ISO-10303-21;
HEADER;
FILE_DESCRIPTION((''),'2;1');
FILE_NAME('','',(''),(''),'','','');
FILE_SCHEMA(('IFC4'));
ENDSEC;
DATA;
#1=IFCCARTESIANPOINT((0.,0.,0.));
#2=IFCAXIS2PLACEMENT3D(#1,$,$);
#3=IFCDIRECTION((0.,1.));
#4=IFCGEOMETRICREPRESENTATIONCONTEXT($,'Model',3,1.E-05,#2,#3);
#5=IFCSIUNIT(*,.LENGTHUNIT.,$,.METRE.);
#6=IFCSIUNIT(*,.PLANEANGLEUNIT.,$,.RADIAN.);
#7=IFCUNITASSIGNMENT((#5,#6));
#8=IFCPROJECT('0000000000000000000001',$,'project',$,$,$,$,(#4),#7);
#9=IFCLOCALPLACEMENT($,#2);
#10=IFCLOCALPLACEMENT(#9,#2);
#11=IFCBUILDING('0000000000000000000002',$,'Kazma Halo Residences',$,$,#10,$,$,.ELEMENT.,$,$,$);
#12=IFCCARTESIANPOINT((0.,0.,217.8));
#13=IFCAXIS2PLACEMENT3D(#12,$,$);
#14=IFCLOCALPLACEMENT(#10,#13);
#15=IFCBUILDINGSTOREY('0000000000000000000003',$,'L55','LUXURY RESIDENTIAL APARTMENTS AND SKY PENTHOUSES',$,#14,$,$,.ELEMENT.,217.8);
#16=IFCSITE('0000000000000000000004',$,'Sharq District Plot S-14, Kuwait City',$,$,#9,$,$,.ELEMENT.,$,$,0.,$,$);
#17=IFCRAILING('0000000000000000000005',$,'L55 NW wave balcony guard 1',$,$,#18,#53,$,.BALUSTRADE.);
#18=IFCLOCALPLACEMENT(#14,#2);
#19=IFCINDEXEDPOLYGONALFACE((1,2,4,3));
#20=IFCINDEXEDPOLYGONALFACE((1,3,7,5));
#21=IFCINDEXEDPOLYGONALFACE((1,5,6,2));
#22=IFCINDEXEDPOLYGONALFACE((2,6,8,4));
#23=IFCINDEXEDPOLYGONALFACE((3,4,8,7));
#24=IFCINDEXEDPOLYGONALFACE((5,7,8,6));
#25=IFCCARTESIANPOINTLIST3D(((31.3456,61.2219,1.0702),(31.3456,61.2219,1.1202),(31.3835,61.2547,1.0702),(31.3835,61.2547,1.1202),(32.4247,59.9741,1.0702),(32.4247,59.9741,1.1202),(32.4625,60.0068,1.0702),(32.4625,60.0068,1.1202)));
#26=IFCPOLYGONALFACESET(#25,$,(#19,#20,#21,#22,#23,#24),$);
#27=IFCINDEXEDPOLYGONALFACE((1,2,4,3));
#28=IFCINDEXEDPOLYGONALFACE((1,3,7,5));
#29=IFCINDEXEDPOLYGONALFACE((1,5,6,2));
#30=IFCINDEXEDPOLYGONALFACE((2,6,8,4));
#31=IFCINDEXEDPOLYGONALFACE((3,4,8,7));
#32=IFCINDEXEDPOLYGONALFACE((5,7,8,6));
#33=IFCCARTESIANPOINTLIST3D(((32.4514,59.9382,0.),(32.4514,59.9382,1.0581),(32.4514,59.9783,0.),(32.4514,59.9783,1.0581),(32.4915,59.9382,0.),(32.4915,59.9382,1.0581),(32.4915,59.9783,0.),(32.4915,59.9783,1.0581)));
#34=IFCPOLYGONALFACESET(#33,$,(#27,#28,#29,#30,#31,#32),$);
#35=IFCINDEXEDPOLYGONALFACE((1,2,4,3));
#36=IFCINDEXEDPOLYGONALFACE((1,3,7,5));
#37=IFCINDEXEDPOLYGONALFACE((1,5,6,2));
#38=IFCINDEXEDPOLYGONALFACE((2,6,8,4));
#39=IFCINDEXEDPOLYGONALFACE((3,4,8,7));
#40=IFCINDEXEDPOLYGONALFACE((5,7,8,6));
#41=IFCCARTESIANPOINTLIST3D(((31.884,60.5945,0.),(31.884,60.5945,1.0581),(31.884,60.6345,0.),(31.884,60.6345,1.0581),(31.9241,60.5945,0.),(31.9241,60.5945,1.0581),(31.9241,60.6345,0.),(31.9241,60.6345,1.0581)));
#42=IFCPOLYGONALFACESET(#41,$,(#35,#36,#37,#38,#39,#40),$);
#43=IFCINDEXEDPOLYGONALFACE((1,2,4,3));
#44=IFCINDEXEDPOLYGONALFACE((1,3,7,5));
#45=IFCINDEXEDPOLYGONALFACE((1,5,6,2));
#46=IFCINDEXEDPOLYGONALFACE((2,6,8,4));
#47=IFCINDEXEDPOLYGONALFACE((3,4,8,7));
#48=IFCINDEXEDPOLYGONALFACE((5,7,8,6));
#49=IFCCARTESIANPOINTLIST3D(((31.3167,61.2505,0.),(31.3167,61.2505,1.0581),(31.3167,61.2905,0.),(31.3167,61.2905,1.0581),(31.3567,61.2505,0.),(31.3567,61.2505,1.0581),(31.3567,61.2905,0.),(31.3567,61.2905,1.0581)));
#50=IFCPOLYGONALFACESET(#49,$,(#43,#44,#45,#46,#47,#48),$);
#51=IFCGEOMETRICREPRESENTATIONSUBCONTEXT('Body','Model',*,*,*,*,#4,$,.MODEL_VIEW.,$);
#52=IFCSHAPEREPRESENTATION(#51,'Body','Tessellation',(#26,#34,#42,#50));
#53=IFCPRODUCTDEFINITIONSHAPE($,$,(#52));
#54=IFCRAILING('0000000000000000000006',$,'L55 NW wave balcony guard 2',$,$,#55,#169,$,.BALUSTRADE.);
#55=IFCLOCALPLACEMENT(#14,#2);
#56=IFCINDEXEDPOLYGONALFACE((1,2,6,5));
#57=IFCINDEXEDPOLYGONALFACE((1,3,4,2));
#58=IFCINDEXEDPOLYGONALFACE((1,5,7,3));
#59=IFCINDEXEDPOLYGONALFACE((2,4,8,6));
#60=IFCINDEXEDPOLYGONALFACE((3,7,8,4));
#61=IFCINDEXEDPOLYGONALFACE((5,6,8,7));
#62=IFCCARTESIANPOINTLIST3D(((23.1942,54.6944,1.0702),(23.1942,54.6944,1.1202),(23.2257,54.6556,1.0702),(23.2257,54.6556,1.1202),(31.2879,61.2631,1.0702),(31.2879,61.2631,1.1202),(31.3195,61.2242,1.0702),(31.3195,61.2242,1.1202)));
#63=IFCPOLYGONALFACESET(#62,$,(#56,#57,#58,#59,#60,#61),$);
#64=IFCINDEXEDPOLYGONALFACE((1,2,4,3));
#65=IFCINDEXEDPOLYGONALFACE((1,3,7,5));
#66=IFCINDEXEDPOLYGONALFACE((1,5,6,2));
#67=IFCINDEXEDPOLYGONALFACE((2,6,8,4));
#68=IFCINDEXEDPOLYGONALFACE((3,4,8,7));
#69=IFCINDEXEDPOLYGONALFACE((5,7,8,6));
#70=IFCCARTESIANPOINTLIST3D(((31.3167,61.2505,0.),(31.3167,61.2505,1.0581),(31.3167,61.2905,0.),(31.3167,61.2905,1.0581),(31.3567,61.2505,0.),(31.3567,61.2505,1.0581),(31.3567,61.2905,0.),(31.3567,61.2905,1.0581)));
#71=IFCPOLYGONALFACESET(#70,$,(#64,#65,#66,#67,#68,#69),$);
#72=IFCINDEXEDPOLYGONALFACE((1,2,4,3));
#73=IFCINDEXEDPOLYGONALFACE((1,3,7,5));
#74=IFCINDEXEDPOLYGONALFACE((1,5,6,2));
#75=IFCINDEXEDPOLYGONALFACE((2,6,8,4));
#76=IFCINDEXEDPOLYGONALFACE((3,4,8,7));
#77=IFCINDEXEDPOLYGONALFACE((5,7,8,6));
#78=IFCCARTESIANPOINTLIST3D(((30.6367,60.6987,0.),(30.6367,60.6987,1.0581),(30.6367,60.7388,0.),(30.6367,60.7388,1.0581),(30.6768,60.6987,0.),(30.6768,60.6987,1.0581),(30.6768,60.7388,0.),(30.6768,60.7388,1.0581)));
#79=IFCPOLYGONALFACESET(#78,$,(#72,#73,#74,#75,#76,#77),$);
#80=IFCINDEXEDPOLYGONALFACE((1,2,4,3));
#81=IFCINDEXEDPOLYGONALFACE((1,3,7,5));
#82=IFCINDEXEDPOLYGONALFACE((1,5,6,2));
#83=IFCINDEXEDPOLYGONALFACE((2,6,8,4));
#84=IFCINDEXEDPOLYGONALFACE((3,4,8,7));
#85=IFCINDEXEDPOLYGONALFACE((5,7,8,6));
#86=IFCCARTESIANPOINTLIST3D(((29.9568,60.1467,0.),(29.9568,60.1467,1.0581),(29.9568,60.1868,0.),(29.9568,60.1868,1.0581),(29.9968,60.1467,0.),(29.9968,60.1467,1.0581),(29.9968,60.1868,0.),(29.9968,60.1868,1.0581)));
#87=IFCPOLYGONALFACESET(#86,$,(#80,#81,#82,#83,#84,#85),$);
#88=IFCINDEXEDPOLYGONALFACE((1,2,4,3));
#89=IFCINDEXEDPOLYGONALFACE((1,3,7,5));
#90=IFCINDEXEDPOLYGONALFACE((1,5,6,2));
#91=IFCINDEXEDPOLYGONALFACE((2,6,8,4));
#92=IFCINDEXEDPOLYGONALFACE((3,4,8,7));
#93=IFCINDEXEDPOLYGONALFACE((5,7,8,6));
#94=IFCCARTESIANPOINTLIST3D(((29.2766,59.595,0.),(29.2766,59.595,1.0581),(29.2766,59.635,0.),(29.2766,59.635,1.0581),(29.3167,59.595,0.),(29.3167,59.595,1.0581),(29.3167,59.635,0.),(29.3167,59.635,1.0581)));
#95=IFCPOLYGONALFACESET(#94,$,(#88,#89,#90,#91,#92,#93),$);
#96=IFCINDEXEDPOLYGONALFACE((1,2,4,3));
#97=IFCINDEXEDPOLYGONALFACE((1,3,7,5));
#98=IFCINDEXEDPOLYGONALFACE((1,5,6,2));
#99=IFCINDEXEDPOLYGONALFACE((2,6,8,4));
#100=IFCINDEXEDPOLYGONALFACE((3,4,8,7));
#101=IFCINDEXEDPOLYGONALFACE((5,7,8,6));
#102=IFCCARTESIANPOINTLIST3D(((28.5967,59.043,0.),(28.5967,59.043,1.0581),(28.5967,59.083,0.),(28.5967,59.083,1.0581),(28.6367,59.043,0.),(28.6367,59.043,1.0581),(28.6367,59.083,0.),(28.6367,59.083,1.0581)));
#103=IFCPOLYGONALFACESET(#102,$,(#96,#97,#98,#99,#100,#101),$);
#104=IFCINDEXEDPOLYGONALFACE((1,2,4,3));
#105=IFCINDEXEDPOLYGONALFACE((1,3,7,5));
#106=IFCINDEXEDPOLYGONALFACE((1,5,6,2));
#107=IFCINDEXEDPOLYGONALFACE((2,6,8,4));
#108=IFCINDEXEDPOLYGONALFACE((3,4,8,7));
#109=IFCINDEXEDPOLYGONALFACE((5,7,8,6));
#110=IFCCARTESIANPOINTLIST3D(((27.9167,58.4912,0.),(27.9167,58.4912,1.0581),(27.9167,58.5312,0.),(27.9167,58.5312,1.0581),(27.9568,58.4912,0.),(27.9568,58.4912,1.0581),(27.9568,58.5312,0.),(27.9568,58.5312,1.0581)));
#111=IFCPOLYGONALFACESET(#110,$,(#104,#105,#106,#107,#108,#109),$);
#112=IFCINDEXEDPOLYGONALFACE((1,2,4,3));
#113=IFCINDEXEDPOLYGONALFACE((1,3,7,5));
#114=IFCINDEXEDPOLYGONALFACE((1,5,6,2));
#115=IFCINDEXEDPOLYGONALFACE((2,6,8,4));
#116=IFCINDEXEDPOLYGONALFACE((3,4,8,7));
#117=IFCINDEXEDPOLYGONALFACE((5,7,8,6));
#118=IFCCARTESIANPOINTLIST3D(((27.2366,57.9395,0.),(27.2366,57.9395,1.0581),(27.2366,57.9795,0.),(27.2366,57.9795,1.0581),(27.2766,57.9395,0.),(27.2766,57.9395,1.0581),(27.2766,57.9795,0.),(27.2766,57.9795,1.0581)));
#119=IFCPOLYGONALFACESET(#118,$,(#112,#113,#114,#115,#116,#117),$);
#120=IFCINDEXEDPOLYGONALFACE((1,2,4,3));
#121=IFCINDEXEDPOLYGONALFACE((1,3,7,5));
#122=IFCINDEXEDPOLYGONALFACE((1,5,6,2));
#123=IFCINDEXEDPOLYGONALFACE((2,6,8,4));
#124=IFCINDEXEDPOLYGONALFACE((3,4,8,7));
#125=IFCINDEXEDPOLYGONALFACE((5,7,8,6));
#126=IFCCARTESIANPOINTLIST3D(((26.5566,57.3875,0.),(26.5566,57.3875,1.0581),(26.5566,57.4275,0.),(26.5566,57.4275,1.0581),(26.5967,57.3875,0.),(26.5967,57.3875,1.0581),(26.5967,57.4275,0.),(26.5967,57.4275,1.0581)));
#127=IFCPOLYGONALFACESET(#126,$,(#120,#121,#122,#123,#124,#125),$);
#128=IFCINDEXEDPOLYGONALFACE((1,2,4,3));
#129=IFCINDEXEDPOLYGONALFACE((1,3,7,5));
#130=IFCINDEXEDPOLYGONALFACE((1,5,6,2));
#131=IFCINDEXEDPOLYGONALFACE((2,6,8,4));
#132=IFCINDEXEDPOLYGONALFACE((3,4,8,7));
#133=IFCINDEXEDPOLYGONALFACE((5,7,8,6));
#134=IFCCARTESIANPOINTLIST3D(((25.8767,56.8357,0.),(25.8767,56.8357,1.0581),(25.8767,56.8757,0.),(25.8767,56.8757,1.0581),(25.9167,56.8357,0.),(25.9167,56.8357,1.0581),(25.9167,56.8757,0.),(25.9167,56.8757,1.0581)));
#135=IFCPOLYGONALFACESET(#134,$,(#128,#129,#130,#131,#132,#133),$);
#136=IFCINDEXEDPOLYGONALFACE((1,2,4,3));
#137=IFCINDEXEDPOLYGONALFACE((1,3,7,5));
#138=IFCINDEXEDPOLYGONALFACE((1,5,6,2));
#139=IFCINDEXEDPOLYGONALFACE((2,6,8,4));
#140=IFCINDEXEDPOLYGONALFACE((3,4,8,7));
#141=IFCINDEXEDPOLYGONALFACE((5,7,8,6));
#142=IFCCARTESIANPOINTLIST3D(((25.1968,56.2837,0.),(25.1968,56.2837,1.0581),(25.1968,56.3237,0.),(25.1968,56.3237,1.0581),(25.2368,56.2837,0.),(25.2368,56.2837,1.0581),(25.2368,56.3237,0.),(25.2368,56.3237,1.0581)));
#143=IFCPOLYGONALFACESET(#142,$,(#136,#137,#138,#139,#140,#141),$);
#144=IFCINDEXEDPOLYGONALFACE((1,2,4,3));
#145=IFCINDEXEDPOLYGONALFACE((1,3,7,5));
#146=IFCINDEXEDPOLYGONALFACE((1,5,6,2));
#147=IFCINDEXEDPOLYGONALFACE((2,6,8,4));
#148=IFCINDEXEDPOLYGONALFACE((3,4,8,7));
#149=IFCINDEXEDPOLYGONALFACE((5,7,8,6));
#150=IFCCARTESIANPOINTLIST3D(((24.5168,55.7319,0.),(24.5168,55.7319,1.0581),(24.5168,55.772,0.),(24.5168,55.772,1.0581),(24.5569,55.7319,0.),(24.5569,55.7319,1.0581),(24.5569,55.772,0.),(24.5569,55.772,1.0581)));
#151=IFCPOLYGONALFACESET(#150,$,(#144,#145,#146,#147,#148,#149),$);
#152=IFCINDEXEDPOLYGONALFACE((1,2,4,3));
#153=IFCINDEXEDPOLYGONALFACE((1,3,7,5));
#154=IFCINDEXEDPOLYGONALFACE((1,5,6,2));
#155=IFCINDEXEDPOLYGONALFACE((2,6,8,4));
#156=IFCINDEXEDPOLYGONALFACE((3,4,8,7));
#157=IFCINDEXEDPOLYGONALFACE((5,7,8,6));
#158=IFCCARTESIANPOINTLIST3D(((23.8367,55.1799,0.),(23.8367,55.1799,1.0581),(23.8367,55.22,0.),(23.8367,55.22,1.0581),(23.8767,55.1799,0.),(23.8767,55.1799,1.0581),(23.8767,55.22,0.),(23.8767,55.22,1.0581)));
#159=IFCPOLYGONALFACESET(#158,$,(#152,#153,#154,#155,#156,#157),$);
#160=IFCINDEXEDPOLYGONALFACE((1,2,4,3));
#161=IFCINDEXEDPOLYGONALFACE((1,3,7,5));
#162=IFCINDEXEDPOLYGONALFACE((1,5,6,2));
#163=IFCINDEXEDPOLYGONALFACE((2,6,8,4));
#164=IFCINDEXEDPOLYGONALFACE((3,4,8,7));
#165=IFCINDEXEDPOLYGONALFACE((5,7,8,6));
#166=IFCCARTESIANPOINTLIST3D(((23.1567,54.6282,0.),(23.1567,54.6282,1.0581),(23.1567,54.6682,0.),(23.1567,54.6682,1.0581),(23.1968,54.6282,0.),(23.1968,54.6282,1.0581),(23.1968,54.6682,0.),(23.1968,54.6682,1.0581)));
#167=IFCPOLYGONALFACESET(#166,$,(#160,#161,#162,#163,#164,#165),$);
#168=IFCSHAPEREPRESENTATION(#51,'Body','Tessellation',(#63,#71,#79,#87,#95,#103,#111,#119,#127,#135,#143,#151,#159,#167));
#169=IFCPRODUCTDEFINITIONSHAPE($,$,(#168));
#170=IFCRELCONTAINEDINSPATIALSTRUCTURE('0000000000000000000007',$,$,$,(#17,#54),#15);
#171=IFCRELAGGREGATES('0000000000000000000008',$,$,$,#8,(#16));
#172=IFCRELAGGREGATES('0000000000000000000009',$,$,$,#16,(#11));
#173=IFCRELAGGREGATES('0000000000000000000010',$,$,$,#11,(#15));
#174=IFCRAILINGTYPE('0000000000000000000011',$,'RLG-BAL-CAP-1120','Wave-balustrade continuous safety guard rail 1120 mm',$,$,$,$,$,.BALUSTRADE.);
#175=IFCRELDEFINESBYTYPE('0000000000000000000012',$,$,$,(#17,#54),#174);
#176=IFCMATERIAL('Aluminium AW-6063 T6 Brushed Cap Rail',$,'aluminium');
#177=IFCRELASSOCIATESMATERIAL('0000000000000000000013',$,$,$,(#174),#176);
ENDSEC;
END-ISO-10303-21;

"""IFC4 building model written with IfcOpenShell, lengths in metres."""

from ifc_helpers import new_model, si_unit, direction, frame, origin, origin_2d, place, context, subcontext, project, spatial, rectangle, extrude, material, type_object, element, save


model = new_model("IFC4")

# Units and contexts
model_context = context("Model", 3, precision=1e-05, world=origin(), true_north=direction((0.0, 1.0)))
body_context = subcontext(model_context, "Body", "Model", "MODEL_VIEW")
ifc_project = project(units=[si_unit("LENGTHUNIT", "METRE"), si_unit("PLANEANGLEUNIT", "RADIAN")], contexts=[model_context])

# Site, building, storey
site_placement = place(None, origin())
site = spatial("IfcSite", under=ifc_project, at=site_placement, Name="Sharq District Plot S-14, Kuwait City", CompositionType="ELEMENT", RefElevation=0.0)
building_placement = place(site_placement, origin())
building = spatial("IfcBuilding", under=site, at=building_placement, Name="Kazma Halo Residences", CompositionType="ELEMENT")
storey_placement = place(building_placement, frame((0.0, 0.0, 217.8)))
storey = spatial("IfcBuildingStorey", under=building, at=storey_placement, Name="L55", Description="LUXURY RESIDENTIAL APARTMENTS AND SKY PENTHOUSES", CompositionType="ELEMENT", Elevation=217.8)

# Railings
ifc_material_1 = material(Name="Aluminium AW-6063 T6 Brushed Cap Rail", Category="aluminium")
railing_type = type_object("IfcRailingType", Name="RLG-BAL-CAP-1120", Description="Wave-balustrade continuous safety guard rail 1120 mm", PredefinedType="BALUSTRADE", material=ifc_material_1)
railing_1_placement = place(storey_placement, frame((32.4714, 59.9583, 0.0)))
element("IfcRailing", 1, at=railing_1_placement, inside=storey, type_object=railing_type, Name="L55 NW wave balcony guard 1", PredefinedType="BALUSTRADE", context=body_context, shape_type="SweptSolid", body=[
    extrude(rectangle(XDim=0.05, YDim=0.05, at=origin_2d()), frame((-0.0278, 0.0322, 1.0952), z_axis=(-0.6541, 0.756408, 0.0), x_axis=(-0.756408, -0.6541, 0.0)), (0.0, 0.0, 1.0), 1.6497),
    extrude(rectangle(XDim=0.04, YDim=0.04, at=origin_2d()), origin(), (0.0, 0.0, 1.0), 1.0581),
    extrude(rectangle(XDim=0.04, YDim=0.04, at=origin_2d()), frame((-0.5674, 0.6562, 0.0)), (0.0, 0.0, 1.0), 1.0581),
    extrude(rectangle(XDim=0.04, YDim=0.04, at=origin_2d()), frame((-1.1348, 1.3123, 0.0)), (0.0, 0.0, 1.0), 1.0581),
])
railing_2_placement = place(storey_placement, frame((31.3367, 61.2705, 0.0)))
element("IfcRailing", 2, at=railing_2_placement, inside=storey, type_object=railing_type, Name="L55 NW wave balcony guard 2", PredefinedType="BALUSTRADE", context=body_context, shape_type="SweptSolid", body=[
    extrude(rectangle(XDim=0.05, YDim=0.05, at=origin_2d()), frame((-0.033, -0.0269, 1.0952), z_axis=(-0.776468, -0.630156, 0.0), x_axis=(0.630156, -0.776468, 0.0)), (0.0, 0.0, 1.0), 10.4238),
    extrude(rectangle(XDim=0.04, YDim=0.04, at=origin_2d()), origin(), (0.0, 0.0, 1.0), 1.0581),
    extrude(rectangle(XDim=0.04, YDim=0.04, at=origin_2d()), frame((-0.6799, -0.5518, 0.0)), (0.0, 0.0, 1.0), 1.0581),
    extrude(rectangle(XDim=0.04, YDim=0.04, at=origin_2d()), frame((-1.3599, -1.1038, 0.0)), (0.0, 0.0, 1.0), 1.0581),
    extrude(rectangle(XDim=0.04, YDim=0.04, at=origin_2d()), frame((-2.04, -1.6555, 0.0)), (0.0, 0.0, 1.0), 1.0581),
    extrude(rectangle(XDim=0.04, YDim=0.04, at=origin_2d()), frame((-2.72, -2.2075, 0.0)), (0.0, 0.0, 1.0), 1.0581),
    extrude(rectangle(XDim=0.04, YDim=0.04, at=origin_2d()), frame((-3.3999, -2.7593, 0.0)), (0.0, 0.0, 1.0), 1.0581),
    extrude(rectangle(XDim=0.04, YDim=0.04, at=origin_2d()), frame((-4.0801, -3.311, 0.0)), (0.0, 0.0, 1.0), 1.0581),
    extrude(rectangle(XDim=0.04, YDim=0.04, at=origin_2d()), frame((-4.76, -3.863, 0.0)), (0.0, 0.0, 1.0), 1.0581),
    extrude(rectangle(XDim=0.04, YDim=0.04, at=origin_2d()), frame((-5.4399, -4.4148, 0.0)), (0.0, 0.0, 1.0), 1.0581),
    extrude(rectangle(XDim=0.04, YDim=0.04, at=origin_2d()), frame((-6.1199, -4.9668, 0.0)), (0.0, 0.0, 1.0), 1.0581),
    extrude(rectangle(XDim=0.04, YDim=0.04, at=origin_2d()), frame((-6.7998, -5.5186, 0.0)), (0.0, 0.0, 1.0), 1.0581),
    extrude(rectangle(XDim=0.04, YDim=0.04, at=origin_2d()), frame((-7.48, -6.0706, 0.0)), (0.0, 0.0, 1.0), 1.0581),
    extrude(rectangle(XDim=0.04, YDim=0.04, at=origin_2d()), frame((-8.1599, -6.6223, 0.0)), (0.0, 0.0, 1.0), 1.0581),
])

save(model, "model.ifc")
